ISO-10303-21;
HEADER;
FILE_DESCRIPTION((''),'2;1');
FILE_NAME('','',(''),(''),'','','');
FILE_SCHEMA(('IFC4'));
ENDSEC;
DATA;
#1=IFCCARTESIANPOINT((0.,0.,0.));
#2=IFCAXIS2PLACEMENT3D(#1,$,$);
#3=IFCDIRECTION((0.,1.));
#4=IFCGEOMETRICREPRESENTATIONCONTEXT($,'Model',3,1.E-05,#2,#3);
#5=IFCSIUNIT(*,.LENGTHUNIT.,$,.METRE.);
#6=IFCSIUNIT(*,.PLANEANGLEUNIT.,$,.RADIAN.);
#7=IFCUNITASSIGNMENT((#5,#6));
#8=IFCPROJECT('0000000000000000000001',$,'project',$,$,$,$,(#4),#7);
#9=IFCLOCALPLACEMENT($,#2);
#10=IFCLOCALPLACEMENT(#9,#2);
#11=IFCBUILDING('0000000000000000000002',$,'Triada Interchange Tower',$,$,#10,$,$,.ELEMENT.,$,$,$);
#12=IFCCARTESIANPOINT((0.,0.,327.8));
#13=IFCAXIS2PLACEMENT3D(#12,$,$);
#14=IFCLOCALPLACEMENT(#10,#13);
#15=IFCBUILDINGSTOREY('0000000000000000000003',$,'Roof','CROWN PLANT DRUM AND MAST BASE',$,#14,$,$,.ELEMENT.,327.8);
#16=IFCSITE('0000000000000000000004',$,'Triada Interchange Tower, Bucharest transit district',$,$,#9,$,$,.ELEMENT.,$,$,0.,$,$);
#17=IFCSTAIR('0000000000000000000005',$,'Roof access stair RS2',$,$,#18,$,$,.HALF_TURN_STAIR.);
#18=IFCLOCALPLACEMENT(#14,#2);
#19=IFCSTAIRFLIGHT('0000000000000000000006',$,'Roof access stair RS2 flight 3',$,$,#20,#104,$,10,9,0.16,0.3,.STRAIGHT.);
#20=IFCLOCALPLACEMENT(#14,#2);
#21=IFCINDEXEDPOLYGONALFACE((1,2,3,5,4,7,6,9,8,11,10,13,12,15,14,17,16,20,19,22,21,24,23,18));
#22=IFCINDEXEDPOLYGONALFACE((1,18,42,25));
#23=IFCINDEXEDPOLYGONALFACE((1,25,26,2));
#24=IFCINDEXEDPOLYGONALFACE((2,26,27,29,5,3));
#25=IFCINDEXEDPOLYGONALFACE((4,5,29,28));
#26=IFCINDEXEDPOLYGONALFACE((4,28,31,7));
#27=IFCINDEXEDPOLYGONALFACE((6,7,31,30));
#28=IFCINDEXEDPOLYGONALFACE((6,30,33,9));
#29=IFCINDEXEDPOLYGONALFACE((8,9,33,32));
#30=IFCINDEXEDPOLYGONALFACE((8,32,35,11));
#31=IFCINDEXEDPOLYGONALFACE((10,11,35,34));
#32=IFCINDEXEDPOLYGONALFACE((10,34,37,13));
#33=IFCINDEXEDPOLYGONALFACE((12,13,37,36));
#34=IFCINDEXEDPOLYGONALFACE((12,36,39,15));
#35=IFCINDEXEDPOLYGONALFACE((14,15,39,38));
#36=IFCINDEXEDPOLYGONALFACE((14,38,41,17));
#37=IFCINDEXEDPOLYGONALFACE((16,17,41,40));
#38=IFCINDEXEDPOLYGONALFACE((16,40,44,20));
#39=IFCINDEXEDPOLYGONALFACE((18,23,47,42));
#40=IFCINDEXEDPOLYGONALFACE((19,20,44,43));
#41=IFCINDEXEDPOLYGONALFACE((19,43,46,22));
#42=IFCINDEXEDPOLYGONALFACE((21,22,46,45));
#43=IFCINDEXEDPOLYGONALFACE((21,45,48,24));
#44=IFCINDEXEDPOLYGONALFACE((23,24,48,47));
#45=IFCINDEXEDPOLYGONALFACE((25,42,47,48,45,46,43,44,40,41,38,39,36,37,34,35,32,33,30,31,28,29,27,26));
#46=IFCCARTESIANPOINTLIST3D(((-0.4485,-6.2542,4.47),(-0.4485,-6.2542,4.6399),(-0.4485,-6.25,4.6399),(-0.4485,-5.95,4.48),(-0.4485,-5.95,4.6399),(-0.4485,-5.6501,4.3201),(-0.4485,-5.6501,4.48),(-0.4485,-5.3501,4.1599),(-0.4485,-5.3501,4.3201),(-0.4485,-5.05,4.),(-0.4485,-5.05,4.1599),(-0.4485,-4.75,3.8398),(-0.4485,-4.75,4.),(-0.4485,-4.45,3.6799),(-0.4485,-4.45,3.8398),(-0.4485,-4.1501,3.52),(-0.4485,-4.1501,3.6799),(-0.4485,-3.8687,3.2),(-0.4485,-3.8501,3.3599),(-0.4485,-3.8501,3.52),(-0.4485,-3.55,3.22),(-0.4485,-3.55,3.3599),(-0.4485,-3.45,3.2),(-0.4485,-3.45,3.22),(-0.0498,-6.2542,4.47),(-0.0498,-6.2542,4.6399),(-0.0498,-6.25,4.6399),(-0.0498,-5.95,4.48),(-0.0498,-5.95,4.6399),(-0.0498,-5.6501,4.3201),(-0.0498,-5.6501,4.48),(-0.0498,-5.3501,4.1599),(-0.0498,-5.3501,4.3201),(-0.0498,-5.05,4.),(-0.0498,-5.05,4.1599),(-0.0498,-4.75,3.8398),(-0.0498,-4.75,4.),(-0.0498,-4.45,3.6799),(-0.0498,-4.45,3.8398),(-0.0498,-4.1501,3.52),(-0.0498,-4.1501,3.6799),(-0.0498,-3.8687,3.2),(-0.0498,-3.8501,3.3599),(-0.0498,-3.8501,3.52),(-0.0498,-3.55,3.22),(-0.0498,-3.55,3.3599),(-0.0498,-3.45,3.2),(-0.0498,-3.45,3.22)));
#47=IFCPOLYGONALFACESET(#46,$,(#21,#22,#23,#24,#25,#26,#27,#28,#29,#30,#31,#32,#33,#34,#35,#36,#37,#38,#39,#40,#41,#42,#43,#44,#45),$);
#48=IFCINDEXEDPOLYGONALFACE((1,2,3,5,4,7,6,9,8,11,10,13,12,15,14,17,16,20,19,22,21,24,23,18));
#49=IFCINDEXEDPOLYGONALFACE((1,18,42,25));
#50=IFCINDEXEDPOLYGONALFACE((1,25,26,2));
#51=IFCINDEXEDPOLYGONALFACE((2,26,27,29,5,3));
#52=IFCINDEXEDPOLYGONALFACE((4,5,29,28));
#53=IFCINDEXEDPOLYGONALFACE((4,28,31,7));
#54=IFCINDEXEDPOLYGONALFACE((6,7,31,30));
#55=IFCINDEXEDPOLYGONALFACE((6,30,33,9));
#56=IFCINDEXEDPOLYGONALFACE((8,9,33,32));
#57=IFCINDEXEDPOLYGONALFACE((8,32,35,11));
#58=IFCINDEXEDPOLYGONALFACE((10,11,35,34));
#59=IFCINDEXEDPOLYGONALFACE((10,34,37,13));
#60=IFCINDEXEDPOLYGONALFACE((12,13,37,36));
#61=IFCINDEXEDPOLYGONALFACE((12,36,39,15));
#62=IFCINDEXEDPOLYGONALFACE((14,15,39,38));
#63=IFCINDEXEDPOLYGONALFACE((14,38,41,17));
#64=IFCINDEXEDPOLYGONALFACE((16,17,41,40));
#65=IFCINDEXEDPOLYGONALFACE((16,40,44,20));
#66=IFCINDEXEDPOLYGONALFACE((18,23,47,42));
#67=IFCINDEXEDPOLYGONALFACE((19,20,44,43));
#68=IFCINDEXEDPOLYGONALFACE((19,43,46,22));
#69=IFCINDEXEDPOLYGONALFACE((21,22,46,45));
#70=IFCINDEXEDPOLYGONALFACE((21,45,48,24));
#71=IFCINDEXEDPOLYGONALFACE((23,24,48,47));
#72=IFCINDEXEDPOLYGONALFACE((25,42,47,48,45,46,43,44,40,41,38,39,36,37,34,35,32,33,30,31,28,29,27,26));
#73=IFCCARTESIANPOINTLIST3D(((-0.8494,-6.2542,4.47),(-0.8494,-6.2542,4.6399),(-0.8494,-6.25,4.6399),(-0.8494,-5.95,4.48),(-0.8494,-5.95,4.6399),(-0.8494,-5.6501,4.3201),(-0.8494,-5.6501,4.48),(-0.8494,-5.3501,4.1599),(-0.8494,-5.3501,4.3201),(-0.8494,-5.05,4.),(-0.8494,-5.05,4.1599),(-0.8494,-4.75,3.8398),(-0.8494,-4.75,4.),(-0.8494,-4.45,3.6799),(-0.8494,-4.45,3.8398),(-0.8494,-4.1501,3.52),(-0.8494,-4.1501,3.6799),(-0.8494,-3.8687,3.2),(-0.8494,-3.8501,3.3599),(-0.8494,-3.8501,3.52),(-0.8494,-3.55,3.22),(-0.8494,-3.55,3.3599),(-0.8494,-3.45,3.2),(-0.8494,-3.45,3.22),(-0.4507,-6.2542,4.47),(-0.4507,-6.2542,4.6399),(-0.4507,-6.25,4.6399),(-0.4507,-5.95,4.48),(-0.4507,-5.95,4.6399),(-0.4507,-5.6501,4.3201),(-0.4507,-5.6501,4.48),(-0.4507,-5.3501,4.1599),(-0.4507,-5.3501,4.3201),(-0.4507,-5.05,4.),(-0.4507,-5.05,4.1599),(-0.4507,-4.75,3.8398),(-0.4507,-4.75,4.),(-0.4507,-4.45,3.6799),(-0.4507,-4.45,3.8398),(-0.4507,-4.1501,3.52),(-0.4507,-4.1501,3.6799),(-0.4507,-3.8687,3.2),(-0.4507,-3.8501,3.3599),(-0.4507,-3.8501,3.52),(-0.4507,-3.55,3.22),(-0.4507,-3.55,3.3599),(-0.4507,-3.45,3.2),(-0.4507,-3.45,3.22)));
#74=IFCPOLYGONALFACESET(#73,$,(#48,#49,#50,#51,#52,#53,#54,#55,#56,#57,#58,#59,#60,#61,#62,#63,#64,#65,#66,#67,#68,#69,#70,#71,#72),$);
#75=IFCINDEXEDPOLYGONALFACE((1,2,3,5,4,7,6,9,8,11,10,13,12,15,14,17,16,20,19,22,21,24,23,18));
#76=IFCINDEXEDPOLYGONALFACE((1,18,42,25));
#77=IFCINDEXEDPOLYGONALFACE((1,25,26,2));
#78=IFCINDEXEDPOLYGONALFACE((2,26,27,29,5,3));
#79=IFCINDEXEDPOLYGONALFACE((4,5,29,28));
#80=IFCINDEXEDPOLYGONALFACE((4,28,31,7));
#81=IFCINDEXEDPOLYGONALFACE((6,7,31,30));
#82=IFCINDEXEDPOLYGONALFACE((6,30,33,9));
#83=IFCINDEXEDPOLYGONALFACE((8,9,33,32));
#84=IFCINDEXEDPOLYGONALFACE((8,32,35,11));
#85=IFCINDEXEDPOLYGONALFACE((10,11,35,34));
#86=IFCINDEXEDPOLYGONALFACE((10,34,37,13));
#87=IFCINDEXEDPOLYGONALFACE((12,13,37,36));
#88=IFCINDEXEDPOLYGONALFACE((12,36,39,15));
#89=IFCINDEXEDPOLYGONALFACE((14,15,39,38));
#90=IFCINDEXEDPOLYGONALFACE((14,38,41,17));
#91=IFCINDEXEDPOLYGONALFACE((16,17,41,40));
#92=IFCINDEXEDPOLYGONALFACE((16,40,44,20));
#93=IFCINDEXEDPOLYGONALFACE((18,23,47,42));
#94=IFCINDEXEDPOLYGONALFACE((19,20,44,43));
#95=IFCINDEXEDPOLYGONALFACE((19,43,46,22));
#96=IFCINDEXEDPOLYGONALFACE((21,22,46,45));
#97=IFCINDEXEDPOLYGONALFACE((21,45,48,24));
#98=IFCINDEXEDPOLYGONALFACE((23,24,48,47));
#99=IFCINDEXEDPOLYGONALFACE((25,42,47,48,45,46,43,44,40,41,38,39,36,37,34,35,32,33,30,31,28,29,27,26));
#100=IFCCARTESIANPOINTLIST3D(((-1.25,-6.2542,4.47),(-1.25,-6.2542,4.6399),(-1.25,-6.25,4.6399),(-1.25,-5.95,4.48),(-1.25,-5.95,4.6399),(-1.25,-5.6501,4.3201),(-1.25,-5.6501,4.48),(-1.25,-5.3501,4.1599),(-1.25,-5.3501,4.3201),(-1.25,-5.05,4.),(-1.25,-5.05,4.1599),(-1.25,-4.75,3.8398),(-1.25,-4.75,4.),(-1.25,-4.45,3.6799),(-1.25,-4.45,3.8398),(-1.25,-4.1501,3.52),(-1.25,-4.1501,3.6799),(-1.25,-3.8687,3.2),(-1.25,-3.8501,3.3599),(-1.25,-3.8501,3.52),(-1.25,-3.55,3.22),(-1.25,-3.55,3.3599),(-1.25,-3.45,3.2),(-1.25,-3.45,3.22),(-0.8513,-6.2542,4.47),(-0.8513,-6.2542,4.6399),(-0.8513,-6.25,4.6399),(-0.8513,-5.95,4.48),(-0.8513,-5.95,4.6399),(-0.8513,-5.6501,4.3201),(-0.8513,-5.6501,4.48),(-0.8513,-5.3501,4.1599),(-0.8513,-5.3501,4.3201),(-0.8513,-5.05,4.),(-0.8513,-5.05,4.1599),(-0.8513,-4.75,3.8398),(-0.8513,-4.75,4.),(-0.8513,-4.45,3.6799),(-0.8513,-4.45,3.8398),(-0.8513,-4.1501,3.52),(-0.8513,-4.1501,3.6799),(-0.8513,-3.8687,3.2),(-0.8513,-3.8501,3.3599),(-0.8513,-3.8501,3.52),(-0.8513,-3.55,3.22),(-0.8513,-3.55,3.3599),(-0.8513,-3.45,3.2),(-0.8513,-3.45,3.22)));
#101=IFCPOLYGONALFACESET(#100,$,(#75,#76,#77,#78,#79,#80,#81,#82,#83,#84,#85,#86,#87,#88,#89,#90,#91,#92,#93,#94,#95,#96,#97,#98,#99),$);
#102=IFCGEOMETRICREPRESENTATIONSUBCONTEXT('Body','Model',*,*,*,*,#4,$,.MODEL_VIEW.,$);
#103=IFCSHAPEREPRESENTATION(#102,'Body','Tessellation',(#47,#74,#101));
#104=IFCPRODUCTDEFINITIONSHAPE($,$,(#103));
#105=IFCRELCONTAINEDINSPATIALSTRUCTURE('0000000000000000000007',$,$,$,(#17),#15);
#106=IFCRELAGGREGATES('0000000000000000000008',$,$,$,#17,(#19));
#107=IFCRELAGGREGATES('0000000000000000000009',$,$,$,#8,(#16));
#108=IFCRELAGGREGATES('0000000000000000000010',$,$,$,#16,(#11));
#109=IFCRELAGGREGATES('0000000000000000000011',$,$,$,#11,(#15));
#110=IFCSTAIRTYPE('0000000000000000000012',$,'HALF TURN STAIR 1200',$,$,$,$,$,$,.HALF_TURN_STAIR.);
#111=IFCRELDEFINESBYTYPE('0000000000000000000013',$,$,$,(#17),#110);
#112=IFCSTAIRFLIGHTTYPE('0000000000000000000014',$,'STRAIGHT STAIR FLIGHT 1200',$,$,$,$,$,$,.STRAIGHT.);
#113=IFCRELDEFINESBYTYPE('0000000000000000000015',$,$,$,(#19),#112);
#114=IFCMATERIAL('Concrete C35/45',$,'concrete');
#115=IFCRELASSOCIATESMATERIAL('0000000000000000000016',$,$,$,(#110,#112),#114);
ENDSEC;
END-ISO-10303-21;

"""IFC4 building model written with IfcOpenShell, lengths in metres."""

from ifc_helpers import new_model, si_unit, direction, frame, origin, place, context, subcontext, project, spatial, polyline, outline, extrude, material, type_object, element, aggregate, save


model = new_model("IFC4")

# Units and contexts
model_context = context("Model", 3, precision=1e-05, world=origin(), true_north=direction((0.0, 1.0)))
body_context = subcontext(model_context, "Body", "Model", "MODEL_VIEW")
ifc_project = project(units=[si_unit("LENGTHUNIT", "METRE"), si_unit("PLANEANGLEUNIT", "RADIAN")], contexts=[model_context])

# Site, building, storey
site_placement = place(None, origin())
site = spatial("IfcSite", under=ifc_project, at=site_placement, Name="Triada Interchange Tower, Bucharest transit district", CompositionType="ELEMENT", RefElevation=0.0)
building_placement = place(site_placement, origin())
building = spatial("IfcBuilding", under=site, at=building_placement, Name="Triada Interchange Tower", CompositionType="ELEMENT")
storey_placement = place(building_placement, frame((0.0, 0.0, 327.8)))
storey = spatial("IfcBuildingStorey", under=building, at=storey_placement, Name="Roof", Description="CROWN PLANT DRUM AND MAST BASE", CompositionType="ELEMENT", Elevation=327.8)

# Stair, stair flight
ifc_material_1 = material(Name="Concrete C35/45", Category="concrete")
stair_type = type_object("IfcStairType", Name="HALF TURN STAIR 1200", PredefinedType="HALF_TURN_STAIR", material=ifc_material_1)
stair_placement = place(storey_placement, origin())
stair = element("IfcStair", 1, at=stair_placement, inside=storey, type_object=stair_type, Name="Roof access stair RS2", PredefinedType="HALF_TURN_STAIR")
stair_flight_type = type_object("IfcStairFlightType", Name="STRAIGHT STAIR FLIGHT 1200", PredefinedType="STRAIGHT", material=ifc_material_1)
stair_flight_1_placement = place(storey_placement, frame((-0.6499, -3.55, 3.2), z_axis=(0.0, 0.0, 1.0), x_axis=(0.0, -1.0, 0.0)))
stair_flight_1 = element("IfcStairFlight", 2, at=stair_flight_1_placement, type_object=stair_flight_type, Name="Roof access stair RS2 flight 3", NumberOfRisers=10, NumberOfTreads=9, PredefinedType="STRAIGHT", RiserHeight=0.16, TreadLength=0.3, context=body_context, shape_type="SweptSolid", body=[
    extrude(outline(polyline([(-0.1001, 0.0), (-0.1001, 0.02), (0.0, 0.02), (0.0, 0.1599), (0.3, 0.1599), (0.3, 0.3201), (0.6001, 0.3201), (0.6001, 0.48), (0.8999, 0.48), (0.8999, 0.6399), (1.2, 0.6399), (1.2, 0.8), (1.5, 0.8), (1.5, 0.96), (1.8, 0.96), (1.8, 1.1201), (2.1001, 1.1201), (2.1001, 1.28), (2.3999, 1.28), (2.3999, 1.4399), (2.7, 1.4399), (2.7041, 1.4399), (2.7041, 1.6001), (2.7041, 1.27), (0.3186, 0.0), (-0.1001, 0.0)])), frame((0.0, 0.6001, 0.0), z_axis=(0.0, -1.0, 0.0), x_axis=(1.0, 0.0, 0.0)), (0.0, 0.0, 1.0), 0.3987),
    extrude(outline(polyline([(-0.1001, 0.0), (-0.1001, 0.02), (0.0, 0.02), (0.0, 0.1599), (0.3, 0.1599), (0.3, 0.3201), (0.6001, 0.3201), (0.6001, 0.48), (0.8999, 0.48), (0.8999, 0.6399), (1.2, 0.6399), (1.2, 0.8), (1.5, 0.8), (1.5, 0.96), (1.8, 0.96), (1.8, 1.1201), (2.1001, 1.1201), (2.1001, 1.28), (2.3999, 1.28), (2.3999, 1.4399), (2.7, 1.4399), (2.7041, 1.4399), (2.7041, 1.6001), (2.7041, 1.27), (0.3186, 0.0), (-0.1001, 0.0)])), frame((0.0, 0.1992, 0.0), z_axis=(0.0, -1.0, 0.0), x_axis=(1.0, 0.0, 0.0)), (0.0, 0.0, 1.0), 0.3987),
    extrude(outline(polyline([(-0.1001, 0.0), (-0.1001, 0.02), (0.0, 0.02), (0.0, 0.1599), (0.3, 0.1599), (0.3, 0.3201), (0.6001, 0.3201), (0.6001, 0.48), (0.8999, 0.48), (0.8999, 0.6399), (1.2, 0.6399), (1.2, 0.8), (1.5, 0.8), (1.5, 0.96), (1.8, 0.96), (1.8, 1.1201), (2.1001, 1.1201), (2.1001, 1.28), (2.3999, 1.28), (2.3999, 1.4399), (2.7, 1.4399), (2.7041, 1.4399), (2.7041, 1.6001), (2.7041, 1.27), (0.3186, 0.0), (-0.1001, 0.0)])), frame((0.0, -0.2014, 0.0), z_axis=(0.0, -1.0, 0.0), x_axis=(1.0, 0.0, 0.0)), (0.0, 0.0, 1.0), 0.3987),
])

aggregate(stair, [stair_flight_1])

save(model, "model.ifc")
